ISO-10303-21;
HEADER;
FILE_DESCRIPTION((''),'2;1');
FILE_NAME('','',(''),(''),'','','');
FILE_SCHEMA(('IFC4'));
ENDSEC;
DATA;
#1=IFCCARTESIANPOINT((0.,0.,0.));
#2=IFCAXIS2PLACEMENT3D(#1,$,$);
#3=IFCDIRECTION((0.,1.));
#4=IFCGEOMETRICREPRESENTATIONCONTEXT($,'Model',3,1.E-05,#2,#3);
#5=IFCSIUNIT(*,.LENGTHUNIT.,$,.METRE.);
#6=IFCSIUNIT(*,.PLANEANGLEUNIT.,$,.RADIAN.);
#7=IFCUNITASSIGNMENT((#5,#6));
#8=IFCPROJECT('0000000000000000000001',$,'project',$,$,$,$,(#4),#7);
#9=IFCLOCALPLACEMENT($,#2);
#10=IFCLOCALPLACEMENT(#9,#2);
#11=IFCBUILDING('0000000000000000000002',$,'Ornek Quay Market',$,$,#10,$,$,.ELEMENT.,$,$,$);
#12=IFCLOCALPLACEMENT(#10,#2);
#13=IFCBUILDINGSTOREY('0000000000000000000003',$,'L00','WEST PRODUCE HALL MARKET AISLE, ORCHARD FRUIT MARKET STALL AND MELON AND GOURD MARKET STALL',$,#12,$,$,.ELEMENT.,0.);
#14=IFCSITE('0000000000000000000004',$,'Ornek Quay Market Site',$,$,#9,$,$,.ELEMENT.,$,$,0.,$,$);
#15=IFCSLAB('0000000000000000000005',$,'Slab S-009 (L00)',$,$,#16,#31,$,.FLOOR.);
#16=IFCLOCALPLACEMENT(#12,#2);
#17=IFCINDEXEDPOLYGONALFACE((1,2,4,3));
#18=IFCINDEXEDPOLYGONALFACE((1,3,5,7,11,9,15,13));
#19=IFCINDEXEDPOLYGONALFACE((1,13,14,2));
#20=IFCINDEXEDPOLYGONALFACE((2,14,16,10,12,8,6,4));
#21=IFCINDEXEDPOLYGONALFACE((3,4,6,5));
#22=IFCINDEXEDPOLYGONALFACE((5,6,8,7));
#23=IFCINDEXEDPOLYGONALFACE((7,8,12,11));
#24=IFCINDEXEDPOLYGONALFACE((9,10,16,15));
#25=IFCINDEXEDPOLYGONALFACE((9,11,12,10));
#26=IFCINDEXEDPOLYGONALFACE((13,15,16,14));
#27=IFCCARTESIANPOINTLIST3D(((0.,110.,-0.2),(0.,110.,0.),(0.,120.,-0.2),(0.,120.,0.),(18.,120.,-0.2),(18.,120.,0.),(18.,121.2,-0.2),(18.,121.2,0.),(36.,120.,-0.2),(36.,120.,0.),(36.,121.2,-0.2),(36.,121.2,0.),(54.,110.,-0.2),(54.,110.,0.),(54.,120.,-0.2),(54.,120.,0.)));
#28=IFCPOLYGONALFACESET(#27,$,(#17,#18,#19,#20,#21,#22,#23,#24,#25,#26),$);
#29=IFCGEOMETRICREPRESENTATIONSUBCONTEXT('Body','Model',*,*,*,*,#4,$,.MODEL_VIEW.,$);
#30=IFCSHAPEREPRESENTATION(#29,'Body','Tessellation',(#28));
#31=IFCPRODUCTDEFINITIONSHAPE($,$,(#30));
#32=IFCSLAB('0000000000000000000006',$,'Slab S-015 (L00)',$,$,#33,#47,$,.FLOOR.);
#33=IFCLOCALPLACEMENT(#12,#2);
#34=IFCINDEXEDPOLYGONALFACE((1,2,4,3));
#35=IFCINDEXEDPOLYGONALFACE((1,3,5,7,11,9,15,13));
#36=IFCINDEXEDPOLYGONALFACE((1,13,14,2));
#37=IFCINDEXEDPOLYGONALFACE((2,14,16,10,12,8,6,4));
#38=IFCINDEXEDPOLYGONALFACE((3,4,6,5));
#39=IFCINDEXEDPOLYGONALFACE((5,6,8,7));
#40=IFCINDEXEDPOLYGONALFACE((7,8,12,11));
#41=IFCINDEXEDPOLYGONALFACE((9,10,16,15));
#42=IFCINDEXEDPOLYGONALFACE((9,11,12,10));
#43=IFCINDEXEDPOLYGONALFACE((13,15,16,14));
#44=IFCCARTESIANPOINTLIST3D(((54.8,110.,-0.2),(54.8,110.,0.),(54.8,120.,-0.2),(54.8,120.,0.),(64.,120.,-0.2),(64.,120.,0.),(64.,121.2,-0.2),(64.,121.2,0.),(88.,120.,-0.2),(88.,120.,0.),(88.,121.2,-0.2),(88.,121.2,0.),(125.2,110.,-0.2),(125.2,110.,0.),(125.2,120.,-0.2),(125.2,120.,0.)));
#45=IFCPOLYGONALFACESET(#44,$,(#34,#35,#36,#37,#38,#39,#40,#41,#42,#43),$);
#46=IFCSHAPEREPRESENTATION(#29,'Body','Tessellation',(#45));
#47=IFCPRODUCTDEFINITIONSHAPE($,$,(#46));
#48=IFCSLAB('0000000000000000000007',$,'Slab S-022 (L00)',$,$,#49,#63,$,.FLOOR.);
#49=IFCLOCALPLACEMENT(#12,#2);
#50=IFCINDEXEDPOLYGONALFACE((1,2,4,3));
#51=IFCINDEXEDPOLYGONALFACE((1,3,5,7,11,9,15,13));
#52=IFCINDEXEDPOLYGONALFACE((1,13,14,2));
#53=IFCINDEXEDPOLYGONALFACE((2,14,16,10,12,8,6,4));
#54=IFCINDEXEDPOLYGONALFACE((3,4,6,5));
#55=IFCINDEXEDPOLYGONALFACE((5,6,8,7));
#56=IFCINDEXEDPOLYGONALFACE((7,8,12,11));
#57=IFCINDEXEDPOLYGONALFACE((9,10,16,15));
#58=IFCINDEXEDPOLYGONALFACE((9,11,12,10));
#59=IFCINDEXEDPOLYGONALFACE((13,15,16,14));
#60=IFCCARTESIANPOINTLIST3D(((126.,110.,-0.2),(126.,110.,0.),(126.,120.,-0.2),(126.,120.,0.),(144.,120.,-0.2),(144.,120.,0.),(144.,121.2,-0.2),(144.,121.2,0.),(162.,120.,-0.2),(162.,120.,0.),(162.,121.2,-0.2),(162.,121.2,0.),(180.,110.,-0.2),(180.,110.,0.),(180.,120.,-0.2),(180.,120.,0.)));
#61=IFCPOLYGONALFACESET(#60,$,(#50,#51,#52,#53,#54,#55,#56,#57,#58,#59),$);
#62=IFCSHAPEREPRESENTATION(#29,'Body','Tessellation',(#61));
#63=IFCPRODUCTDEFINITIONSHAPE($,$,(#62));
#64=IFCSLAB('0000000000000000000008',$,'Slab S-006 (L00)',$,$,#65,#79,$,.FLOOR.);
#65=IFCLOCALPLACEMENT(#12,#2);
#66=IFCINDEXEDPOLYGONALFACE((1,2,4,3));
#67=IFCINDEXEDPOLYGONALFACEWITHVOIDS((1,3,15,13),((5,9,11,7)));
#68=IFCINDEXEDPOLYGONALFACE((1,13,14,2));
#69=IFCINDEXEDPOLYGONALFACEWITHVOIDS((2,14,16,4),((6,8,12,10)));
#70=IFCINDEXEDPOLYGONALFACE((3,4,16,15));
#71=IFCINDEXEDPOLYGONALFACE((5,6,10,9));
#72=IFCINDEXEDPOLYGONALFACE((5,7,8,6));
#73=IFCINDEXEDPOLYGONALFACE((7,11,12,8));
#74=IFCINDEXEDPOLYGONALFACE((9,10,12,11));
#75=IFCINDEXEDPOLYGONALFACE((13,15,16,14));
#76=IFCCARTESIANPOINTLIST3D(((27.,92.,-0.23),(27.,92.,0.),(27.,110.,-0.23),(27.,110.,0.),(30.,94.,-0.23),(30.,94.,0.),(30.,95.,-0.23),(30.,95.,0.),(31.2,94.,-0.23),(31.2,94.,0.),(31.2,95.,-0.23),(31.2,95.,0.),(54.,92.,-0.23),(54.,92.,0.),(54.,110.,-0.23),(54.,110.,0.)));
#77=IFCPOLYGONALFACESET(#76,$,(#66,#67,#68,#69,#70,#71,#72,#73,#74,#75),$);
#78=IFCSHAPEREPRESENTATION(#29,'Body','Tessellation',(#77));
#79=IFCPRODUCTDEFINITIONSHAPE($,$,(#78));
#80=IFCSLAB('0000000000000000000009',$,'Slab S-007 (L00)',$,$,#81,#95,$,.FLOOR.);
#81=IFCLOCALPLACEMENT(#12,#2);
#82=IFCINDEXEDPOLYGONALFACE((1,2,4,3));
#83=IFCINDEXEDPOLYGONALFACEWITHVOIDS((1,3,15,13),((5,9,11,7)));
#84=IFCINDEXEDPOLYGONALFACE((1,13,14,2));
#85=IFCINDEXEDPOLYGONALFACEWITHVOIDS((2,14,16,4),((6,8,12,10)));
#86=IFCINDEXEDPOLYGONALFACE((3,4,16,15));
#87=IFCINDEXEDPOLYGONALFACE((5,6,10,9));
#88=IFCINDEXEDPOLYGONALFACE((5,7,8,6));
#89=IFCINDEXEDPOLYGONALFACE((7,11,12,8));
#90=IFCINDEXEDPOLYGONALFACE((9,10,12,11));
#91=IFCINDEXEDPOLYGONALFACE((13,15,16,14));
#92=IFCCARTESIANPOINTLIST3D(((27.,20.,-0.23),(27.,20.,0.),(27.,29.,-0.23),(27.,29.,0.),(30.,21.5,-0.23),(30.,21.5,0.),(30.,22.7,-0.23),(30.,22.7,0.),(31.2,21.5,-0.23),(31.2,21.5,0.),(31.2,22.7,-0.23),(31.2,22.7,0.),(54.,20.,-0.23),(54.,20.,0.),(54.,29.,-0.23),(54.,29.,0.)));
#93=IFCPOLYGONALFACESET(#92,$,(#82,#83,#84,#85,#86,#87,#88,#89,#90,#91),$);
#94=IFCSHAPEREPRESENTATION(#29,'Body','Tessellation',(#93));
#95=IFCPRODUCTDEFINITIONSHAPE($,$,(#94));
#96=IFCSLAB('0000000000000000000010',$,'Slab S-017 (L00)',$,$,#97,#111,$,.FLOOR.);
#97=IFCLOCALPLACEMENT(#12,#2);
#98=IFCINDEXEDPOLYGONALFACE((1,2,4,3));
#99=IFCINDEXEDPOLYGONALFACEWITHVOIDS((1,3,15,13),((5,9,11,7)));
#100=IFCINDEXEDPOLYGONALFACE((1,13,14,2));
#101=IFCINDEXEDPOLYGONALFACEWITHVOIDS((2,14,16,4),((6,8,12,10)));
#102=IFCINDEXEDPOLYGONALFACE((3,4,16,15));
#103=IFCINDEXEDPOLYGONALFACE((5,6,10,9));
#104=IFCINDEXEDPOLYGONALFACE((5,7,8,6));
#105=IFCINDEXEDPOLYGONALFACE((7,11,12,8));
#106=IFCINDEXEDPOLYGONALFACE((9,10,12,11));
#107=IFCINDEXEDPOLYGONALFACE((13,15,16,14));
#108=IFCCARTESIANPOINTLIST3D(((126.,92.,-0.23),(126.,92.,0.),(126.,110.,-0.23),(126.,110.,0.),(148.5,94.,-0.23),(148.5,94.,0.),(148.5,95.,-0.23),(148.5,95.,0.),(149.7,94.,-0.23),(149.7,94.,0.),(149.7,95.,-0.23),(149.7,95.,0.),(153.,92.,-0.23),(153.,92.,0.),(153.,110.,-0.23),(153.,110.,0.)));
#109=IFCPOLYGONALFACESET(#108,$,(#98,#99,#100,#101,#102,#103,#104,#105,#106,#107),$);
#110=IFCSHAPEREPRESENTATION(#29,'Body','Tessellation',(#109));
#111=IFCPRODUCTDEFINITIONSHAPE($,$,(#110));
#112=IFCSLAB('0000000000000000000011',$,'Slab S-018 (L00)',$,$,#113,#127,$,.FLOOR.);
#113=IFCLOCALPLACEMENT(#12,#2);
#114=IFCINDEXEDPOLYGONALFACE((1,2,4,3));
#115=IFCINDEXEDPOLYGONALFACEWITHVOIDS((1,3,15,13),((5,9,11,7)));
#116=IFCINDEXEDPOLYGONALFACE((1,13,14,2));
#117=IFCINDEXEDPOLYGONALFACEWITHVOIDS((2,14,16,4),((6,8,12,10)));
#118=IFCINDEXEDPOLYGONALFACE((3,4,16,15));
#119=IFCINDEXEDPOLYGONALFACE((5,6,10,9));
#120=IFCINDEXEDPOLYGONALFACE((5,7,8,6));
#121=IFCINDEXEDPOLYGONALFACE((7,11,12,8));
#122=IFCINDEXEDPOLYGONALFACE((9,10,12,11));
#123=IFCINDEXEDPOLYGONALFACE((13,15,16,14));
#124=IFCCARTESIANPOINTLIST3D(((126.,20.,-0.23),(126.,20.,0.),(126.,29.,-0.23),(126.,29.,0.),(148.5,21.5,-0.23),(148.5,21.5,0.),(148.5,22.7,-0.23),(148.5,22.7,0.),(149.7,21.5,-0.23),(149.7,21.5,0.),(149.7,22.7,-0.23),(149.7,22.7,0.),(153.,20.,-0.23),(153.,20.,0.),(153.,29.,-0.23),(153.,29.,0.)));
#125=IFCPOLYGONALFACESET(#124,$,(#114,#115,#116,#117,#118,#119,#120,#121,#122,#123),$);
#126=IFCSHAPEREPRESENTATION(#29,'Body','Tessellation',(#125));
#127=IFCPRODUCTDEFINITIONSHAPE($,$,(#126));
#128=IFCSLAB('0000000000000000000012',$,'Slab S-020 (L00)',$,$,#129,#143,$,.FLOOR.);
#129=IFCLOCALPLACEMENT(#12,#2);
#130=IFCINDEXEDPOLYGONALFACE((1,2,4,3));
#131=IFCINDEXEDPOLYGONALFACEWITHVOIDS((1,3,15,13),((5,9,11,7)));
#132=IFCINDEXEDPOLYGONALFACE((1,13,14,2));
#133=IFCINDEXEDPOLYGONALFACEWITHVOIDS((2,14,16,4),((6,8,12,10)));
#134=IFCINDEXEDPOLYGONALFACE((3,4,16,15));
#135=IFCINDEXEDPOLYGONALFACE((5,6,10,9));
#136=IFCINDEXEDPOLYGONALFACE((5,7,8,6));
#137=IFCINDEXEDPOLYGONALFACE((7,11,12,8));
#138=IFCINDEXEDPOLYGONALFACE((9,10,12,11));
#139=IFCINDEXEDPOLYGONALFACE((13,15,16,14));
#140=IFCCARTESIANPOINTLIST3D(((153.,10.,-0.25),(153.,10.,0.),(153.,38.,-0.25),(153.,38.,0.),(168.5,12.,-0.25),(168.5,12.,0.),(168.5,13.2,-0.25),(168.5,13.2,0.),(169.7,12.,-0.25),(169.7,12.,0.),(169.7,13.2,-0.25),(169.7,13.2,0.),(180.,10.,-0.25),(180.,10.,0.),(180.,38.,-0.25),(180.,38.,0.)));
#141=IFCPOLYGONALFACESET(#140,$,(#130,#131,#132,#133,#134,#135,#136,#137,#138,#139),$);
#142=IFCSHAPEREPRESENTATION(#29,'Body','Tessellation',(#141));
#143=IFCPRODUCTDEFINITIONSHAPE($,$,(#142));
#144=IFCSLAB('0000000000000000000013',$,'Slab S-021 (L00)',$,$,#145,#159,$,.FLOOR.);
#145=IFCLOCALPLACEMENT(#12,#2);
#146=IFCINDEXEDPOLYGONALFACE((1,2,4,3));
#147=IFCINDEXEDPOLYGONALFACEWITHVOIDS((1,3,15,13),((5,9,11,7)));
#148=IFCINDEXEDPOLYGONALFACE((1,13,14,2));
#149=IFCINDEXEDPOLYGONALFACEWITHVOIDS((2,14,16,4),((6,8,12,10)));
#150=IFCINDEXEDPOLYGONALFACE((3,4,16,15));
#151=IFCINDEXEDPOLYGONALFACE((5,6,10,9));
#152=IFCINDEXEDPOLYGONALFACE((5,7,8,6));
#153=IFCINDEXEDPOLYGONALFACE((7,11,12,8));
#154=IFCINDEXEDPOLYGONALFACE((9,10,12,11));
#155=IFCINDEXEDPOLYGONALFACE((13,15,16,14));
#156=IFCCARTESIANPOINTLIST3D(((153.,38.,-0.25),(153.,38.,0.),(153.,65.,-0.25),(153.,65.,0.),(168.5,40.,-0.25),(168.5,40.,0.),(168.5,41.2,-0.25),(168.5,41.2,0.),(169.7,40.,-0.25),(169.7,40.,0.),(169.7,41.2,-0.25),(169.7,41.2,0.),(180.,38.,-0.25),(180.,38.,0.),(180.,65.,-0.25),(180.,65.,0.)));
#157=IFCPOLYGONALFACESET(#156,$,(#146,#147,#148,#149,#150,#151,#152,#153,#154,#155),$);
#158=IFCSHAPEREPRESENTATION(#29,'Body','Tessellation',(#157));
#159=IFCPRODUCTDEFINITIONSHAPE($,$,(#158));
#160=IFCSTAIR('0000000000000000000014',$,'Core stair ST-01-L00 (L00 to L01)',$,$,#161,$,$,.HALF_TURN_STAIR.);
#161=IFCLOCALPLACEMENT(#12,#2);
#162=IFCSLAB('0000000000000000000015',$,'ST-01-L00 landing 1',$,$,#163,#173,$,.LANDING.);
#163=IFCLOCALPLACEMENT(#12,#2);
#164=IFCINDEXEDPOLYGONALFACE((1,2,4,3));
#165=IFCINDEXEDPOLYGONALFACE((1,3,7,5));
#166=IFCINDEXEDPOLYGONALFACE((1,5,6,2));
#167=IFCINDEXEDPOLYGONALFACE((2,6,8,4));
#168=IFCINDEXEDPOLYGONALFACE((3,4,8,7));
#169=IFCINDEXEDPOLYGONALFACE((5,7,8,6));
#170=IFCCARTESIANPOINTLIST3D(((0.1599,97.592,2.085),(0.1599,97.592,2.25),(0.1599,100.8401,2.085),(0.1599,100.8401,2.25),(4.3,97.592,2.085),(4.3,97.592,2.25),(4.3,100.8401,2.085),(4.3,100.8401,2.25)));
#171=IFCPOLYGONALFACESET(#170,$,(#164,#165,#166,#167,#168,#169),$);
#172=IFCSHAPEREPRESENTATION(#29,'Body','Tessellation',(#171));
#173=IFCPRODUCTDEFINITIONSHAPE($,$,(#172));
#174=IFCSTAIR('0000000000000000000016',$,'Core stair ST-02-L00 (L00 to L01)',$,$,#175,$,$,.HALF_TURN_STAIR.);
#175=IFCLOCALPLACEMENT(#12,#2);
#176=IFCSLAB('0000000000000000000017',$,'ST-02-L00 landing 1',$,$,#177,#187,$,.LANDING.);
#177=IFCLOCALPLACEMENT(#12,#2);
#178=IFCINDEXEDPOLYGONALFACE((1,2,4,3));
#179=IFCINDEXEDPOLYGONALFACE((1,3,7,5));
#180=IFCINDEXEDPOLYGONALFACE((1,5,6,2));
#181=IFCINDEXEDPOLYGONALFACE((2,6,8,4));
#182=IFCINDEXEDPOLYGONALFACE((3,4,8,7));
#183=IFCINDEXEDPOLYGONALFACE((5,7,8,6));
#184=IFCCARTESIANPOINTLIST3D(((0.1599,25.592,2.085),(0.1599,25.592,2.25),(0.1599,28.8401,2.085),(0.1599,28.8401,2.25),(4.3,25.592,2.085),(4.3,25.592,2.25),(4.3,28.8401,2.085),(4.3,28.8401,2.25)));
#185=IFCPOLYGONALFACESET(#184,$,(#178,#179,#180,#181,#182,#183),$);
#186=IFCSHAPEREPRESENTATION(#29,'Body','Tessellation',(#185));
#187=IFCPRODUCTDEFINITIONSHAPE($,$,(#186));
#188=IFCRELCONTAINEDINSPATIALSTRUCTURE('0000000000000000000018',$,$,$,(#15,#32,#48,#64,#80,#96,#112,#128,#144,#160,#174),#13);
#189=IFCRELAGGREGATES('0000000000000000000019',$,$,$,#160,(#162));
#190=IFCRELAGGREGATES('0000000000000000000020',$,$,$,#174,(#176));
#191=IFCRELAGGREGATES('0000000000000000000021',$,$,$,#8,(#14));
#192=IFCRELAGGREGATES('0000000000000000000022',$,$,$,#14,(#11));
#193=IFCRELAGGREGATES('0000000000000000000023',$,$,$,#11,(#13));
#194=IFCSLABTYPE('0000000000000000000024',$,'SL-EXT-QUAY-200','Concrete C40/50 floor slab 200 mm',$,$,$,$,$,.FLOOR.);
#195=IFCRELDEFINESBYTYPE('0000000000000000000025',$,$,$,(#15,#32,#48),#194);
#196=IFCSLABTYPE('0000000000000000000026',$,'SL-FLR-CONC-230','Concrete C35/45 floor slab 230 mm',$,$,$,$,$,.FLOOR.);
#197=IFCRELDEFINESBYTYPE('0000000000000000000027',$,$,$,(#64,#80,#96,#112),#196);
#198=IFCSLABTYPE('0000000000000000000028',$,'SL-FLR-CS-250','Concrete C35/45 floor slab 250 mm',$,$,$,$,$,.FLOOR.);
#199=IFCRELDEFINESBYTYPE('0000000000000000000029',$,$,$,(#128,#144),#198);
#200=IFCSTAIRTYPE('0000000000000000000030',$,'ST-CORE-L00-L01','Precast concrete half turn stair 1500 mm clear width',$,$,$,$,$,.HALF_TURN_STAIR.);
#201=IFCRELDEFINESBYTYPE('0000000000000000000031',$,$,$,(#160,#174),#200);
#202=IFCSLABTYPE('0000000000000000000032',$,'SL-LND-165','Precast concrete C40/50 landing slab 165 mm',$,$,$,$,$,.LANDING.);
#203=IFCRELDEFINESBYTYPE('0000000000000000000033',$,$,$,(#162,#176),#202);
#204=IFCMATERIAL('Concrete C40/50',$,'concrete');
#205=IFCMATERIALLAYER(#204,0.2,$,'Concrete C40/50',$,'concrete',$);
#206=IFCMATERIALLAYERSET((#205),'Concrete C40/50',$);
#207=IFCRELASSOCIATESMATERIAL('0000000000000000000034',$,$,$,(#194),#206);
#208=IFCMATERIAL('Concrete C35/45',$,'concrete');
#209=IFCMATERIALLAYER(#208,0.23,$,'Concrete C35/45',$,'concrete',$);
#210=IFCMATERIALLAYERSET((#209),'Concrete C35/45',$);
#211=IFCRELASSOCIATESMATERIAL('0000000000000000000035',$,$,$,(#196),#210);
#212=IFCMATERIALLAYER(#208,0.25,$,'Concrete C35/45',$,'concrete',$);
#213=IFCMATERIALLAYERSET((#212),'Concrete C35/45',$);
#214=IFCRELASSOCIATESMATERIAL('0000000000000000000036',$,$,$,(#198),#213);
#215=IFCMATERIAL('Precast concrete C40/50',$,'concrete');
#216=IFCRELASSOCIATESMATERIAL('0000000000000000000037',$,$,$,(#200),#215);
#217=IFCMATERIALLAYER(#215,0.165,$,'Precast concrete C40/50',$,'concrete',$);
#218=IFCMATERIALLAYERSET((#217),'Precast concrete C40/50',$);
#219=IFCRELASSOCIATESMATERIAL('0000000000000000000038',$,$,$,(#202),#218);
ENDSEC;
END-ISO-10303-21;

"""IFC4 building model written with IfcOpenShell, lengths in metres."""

from ifc_helpers import new_model, si_unit, direction, frame, origin, place, context, subcontext, project, spatial, polyline, outline, extrude, material, layer, layer_set, type_object, element, aggregate, save


model = new_model("IFC4")

# Units and contexts
model_context = context("Model", 3, precision=1e-05, world=origin(), true_north=direction((0.0, 1.0)))
body_context = subcontext(model_context, "Body", "Model", "MODEL_VIEW")
ifc_project = project(units=[si_unit("LENGTHUNIT", "METRE"), si_unit("PLANEANGLEUNIT", "RADIAN")], contexts=[model_context])

# Site, building, storey
site_placement = place(None, origin())
site = spatial("IfcSite", under=ifc_project, at=site_placement, Name="Ornek Quay Market Site", CompositionType="ELEMENT", RefElevation=0.0)
building_placement = place(site_placement, origin())
building = spatial("IfcBuilding", under=site, at=building_placement, Name="Ornek Quay Market", CompositionType="ELEMENT")
storey_placement = place(building_placement, origin())
storey = spatial("IfcBuildingStorey", under=building, at=storey_placement, Name="L00", Description="WEST PRODUCE HALL MARKET AISLE, ORCHARD FRUIT MARKET STALL AND MELON AND GOURD MARKET STALL", CompositionType="ELEMENT", Elevation=0.0)

# Slabs
ifc_material_1 = material(Name="Concrete C40/50", Category="concrete")
ifc_layer_1 = layer(ifc_material_1, 0.2, Name="Concrete C40/50", Category="concrete")
ifc_layer_set_1 = layer_set([ifc_layer_1], Name="Concrete C40/50")
slab_type_1 = type_object("IfcSlabType", Name="SL-EXT-QUAY-200", Description="Concrete C40/50 floor slab 200 mm", PredefinedType="FLOOR", material=ifc_layer_set_1)
slab_1_placement = place(storey_placement, frame((0.0, 0.0, -0.2)))
element("IfcSlab", 1, at=slab_1_placement, inside=storey, type_object=slab_type_1, Name="Slab S-009 (L00)", PredefinedType="FLOOR", context=body_context, shape_type="SweptSolid", body=[
    extrude(outline(polyline([(0.0, 110.0), (54.0, 110.0), (54.0, 120.0), (36.0, 120.0), (36.0, 121.2), (18.0, 121.2), (18.0, 120.0), (0.0, 120.0), (0.0, 110.0)])), origin(), (0.0, 0.0, 1.0), 0.2),
])
slab_2_placement = place(storey_placement, frame((0.0, 0.0, -0.2)))
element("IfcSlab", 2, at=slab_2_placement, inside=storey, type_object=slab_type_1, Name="Slab S-015 (L00)", PredefinedType="FLOOR", context=body_context, shape_type="SweptSolid", body=[
    extrude(outline(polyline([(54.8, 110.0), (125.2, 110.0), (125.2, 120.0), (88.0, 120.0), (88.0, 121.2), (64.0, 121.2), (64.0, 120.0), (54.8, 120.0), (54.8, 110.0)])), origin(), (0.0, 0.0, 1.0), 0.2),
])
slab_3_placement = place(storey_placement, frame((0.0, 0.0, -0.2)))
element("IfcSlab", 3, at=slab_3_placement, inside=storey, type_object=slab_type_1, Name="Slab S-022 (L00)", PredefinedType="FLOOR", context=body_context, shape_type="SweptSolid", body=[
    extrude(outline(polyline([(126.0, 110.0), (180.0, 110.0), (180.0, 120.0), (162.0, 120.0), (162.0, 121.2), (144.0, 121.2), (144.0, 120.0), (126.0, 120.0), (126.0, 110.0)])), origin(), (0.0, 0.0, 1.0), 0.2),
])
ifc_material_2 = material(Name="Concrete C35/45", Category="concrete")
ifc_layer_2 = layer(ifc_material_2, 0.23, Name="Concrete C35/45", Category="concrete")
ifc_layer_set_2 = layer_set([ifc_layer_2], Name="Concrete C35/45")
slab_type_2 = type_object("IfcSlabType", Name="SL-FLR-CONC-230", Description="Concrete C35/45 floor slab 230 mm", PredefinedType="FLOOR", material=ifc_layer_set_2)
slab_4_placement = place(storey_placement, frame((0.0, 0.0, -0.23)))
element("IfcSlab", 4, at=slab_4_placement, inside=storey, type_object=slab_type_2, Name="Slab S-006 (L00)", PredefinedType="FLOOR", context=body_context, shape_type="SweptSolid", body=[
    extrude(outline(polyline([(27.0, 92.0), (54.0, 92.0), (54.0, 110.0), (27.0, 110.0), (27.0, 92.0)]), holes=[polyline([(30.0, 95.0), (31.2, 95.0), (31.2, 94.0), (30.0, 94.0), (30.0, 95.0)])]), origin(), (0.0, 0.0, 1.0), 0.23),
])
slab_5_placement = place(storey_placement, frame((0.0, 0.0, -0.23)))
element("IfcSlab", 5, at=slab_5_placement, inside=storey, type_object=slab_type_2, Name="Slab S-007 (L00)", PredefinedType="FLOOR", context=body_context, shape_type="SweptSolid", body=[
    extrude(outline(polyline([(27.0, 20.0), (54.0, 20.0), (54.0, 29.0), (27.0, 29.0), (27.0, 20.0)]), holes=[polyline([(30.0, 22.7), (31.2, 22.7), (31.2, 21.5), (30.0, 21.5), (30.0, 22.7)])]), origin(), (0.0, 0.0, 1.0), 0.23),
])
slab_6_placement = place(storey_placement, frame((0.0, 0.0, -0.23)))
element("IfcSlab", 6, at=slab_6_placement, inside=storey, type_object=slab_type_2, Name="Slab S-017 (L00)", PredefinedType="FLOOR", context=body_context, shape_type="SweptSolid", body=[
    extrude(outline(polyline([(126.0, 92.0), (153.0, 92.0), (153.0, 110.0), (126.0, 110.0), (126.0, 92.0)]), holes=[polyline([(148.5, 95.0), (149.7, 95.0), (149.7, 94.0), (148.5, 94.0), (148.5, 95.0)])]), origin(), (0.0, 0.0, 1.0), 0.23),
])
slab_7_placement = place(storey_placement, frame((0.0, 0.0, -0.23)))
element("IfcSlab", 7, at=slab_7_placement, inside=storey, type_object=slab_type_2, Name="Slab S-018 (L00)", PredefinedType="FLOOR", context=body_context, shape_type="SweptSolid", body=[
    extrude(outline(polyline([(126.0, 20.0), (153.0, 20.0), (153.0, 29.0), (126.0, 29.0), (126.0, 20.0)]), holes=[polyline([(148.5, 22.7), (149.7, 22.7), (149.7, 21.5), (148.5, 21.5), (148.5, 22.7)])]), origin(), (0.0, 0.0, 1.0), 0.23),
])
ifc_layer_3 = layer(ifc_material_2, 0.25, Name="Concrete C35/45", Category="concrete")
ifc_layer_set_3 = layer_set([ifc_layer_3], Name="Concrete C35/45")
slab_type_3 = type_object("IfcSlabType", Name="SL-FLR-CS-250", Description="Concrete C35/45 floor slab 250 mm", PredefinedType="FLOOR", material=ifc_layer_set_3)
slab_8_placement = place(storey_placement, frame((0.0, 0.0, -0.25)))
element("IfcSlab", 8, at=slab_8_placement, inside=storey, type_object=slab_type_3, Name="Slab S-020 (L00)", PredefinedType="FLOOR", context=body_context, shape_type="SweptSolid", body=[
    extrude(outline(polyline([(153.0, 10.0), (180.0, 10.0), (180.0, 38.0), (153.0, 38.0), (153.0, 10.0)]), holes=[polyline([(168.5, 13.2), (169.7, 13.2), (169.7, 12.0), (168.5, 12.0), (168.5, 13.2)])]), origin(), (0.0, 0.0, 1.0), 0.25),
])
slab_9_placement = place(storey_placement, frame((0.0, 0.0, -0.25)))
element("IfcSlab", 9, at=slab_9_placement, inside=storey, type_object=slab_type_3, Name="Slab S-021 (L00)", PredefinedType="FLOOR", context=body_context, shape_type="SweptSolid", body=[
    extrude(outline(polyline([(153.0, 38.0), (180.0, 38.0), (180.0, 65.0), (153.0, 65.0), (153.0, 38.0)]), holes=[polyline([(168.5, 41.2), (169.7, 41.2), (169.7, 40.0), (168.5, 40.0), (168.5, 41.2)])]), origin(), (0.0, 0.0, 1.0), 0.25),
])

# Stairs, slabs
ifc_material_3 = material(Name="Precast concrete C40/50", Category="concrete")
stair_type = type_object("IfcStairType", Name="ST-CORE-L00-L01", Description="Precast concrete half turn stair 1500 mm clear width", PredefinedType="HALF_TURN_STAIR", material=ifc_material_3)
stair_1_placement = place(storey_placement, origin())
stair_1 = element("IfcStair", 10, at=stair_1_placement, inside=storey, type_object=stair_type, Name="Core stair ST-01-L00 (L00 to L01)", PredefinedType="HALF_TURN_STAIR")
ifc_layer_4 = layer(ifc_material_3, 0.165, Name="Precast concrete C40/50", Category="concrete")
ifc_layer_set_4 = layer_set([ifc_layer_4], Name="Precast concrete C40/50")
slab_type_4 = type_object("IfcSlabType", Name="SL-LND-165", Description="Precast concrete C40/50 landing slab 165 mm", PredefinedType="LANDING", material=ifc_layer_set_4)
slab_10_placement = place(storey_placement, frame((0.0, 0.0, 2.085)))
slab_10 = element("IfcSlab", 11, at=slab_10_placement, type_object=slab_type_4, Name="ST-01-L00 landing 1", PredefinedType="LANDING", context=body_context, shape_type="SweptSolid", body=[
    extrude(outline(polyline([(0.1599, 97.592), (4.3, 97.592), (4.3, 100.8401), (0.1599, 100.8401), (0.1599, 97.592)])), origin(), (0.0, 0.0, 1.0), 0.165),
])
aggregate(stair_1, [slab_10])
stair_2_placement = place(storey_placement, origin())
stair_2 = element("IfcStair", 12, at=stair_2_placement, inside=storey, type_object=stair_type, Name="Core stair ST-02-L00 (L00 to L01)", PredefinedType="HALF_TURN_STAIR")
slab_11_placement = place(storey_placement, frame((0.0, 0.0, 2.085)))
slab_11 = element("IfcSlab", 13, at=slab_11_placement, type_object=slab_type_4, Name="ST-02-L00 landing 1", PredefinedType="LANDING", context=body_context, shape_type="SweptSolid", body=[
    extrude(outline(polyline([(0.1599, 25.592), (4.3, 25.592), (4.3, 28.8401), (0.1599, 28.8401), (0.1599, 25.592)])), origin(), (0.0, 0.0, 1.0), 0.165),
])
aggregate(stair_2, [slab_11])

save(model, "model.ifc")
